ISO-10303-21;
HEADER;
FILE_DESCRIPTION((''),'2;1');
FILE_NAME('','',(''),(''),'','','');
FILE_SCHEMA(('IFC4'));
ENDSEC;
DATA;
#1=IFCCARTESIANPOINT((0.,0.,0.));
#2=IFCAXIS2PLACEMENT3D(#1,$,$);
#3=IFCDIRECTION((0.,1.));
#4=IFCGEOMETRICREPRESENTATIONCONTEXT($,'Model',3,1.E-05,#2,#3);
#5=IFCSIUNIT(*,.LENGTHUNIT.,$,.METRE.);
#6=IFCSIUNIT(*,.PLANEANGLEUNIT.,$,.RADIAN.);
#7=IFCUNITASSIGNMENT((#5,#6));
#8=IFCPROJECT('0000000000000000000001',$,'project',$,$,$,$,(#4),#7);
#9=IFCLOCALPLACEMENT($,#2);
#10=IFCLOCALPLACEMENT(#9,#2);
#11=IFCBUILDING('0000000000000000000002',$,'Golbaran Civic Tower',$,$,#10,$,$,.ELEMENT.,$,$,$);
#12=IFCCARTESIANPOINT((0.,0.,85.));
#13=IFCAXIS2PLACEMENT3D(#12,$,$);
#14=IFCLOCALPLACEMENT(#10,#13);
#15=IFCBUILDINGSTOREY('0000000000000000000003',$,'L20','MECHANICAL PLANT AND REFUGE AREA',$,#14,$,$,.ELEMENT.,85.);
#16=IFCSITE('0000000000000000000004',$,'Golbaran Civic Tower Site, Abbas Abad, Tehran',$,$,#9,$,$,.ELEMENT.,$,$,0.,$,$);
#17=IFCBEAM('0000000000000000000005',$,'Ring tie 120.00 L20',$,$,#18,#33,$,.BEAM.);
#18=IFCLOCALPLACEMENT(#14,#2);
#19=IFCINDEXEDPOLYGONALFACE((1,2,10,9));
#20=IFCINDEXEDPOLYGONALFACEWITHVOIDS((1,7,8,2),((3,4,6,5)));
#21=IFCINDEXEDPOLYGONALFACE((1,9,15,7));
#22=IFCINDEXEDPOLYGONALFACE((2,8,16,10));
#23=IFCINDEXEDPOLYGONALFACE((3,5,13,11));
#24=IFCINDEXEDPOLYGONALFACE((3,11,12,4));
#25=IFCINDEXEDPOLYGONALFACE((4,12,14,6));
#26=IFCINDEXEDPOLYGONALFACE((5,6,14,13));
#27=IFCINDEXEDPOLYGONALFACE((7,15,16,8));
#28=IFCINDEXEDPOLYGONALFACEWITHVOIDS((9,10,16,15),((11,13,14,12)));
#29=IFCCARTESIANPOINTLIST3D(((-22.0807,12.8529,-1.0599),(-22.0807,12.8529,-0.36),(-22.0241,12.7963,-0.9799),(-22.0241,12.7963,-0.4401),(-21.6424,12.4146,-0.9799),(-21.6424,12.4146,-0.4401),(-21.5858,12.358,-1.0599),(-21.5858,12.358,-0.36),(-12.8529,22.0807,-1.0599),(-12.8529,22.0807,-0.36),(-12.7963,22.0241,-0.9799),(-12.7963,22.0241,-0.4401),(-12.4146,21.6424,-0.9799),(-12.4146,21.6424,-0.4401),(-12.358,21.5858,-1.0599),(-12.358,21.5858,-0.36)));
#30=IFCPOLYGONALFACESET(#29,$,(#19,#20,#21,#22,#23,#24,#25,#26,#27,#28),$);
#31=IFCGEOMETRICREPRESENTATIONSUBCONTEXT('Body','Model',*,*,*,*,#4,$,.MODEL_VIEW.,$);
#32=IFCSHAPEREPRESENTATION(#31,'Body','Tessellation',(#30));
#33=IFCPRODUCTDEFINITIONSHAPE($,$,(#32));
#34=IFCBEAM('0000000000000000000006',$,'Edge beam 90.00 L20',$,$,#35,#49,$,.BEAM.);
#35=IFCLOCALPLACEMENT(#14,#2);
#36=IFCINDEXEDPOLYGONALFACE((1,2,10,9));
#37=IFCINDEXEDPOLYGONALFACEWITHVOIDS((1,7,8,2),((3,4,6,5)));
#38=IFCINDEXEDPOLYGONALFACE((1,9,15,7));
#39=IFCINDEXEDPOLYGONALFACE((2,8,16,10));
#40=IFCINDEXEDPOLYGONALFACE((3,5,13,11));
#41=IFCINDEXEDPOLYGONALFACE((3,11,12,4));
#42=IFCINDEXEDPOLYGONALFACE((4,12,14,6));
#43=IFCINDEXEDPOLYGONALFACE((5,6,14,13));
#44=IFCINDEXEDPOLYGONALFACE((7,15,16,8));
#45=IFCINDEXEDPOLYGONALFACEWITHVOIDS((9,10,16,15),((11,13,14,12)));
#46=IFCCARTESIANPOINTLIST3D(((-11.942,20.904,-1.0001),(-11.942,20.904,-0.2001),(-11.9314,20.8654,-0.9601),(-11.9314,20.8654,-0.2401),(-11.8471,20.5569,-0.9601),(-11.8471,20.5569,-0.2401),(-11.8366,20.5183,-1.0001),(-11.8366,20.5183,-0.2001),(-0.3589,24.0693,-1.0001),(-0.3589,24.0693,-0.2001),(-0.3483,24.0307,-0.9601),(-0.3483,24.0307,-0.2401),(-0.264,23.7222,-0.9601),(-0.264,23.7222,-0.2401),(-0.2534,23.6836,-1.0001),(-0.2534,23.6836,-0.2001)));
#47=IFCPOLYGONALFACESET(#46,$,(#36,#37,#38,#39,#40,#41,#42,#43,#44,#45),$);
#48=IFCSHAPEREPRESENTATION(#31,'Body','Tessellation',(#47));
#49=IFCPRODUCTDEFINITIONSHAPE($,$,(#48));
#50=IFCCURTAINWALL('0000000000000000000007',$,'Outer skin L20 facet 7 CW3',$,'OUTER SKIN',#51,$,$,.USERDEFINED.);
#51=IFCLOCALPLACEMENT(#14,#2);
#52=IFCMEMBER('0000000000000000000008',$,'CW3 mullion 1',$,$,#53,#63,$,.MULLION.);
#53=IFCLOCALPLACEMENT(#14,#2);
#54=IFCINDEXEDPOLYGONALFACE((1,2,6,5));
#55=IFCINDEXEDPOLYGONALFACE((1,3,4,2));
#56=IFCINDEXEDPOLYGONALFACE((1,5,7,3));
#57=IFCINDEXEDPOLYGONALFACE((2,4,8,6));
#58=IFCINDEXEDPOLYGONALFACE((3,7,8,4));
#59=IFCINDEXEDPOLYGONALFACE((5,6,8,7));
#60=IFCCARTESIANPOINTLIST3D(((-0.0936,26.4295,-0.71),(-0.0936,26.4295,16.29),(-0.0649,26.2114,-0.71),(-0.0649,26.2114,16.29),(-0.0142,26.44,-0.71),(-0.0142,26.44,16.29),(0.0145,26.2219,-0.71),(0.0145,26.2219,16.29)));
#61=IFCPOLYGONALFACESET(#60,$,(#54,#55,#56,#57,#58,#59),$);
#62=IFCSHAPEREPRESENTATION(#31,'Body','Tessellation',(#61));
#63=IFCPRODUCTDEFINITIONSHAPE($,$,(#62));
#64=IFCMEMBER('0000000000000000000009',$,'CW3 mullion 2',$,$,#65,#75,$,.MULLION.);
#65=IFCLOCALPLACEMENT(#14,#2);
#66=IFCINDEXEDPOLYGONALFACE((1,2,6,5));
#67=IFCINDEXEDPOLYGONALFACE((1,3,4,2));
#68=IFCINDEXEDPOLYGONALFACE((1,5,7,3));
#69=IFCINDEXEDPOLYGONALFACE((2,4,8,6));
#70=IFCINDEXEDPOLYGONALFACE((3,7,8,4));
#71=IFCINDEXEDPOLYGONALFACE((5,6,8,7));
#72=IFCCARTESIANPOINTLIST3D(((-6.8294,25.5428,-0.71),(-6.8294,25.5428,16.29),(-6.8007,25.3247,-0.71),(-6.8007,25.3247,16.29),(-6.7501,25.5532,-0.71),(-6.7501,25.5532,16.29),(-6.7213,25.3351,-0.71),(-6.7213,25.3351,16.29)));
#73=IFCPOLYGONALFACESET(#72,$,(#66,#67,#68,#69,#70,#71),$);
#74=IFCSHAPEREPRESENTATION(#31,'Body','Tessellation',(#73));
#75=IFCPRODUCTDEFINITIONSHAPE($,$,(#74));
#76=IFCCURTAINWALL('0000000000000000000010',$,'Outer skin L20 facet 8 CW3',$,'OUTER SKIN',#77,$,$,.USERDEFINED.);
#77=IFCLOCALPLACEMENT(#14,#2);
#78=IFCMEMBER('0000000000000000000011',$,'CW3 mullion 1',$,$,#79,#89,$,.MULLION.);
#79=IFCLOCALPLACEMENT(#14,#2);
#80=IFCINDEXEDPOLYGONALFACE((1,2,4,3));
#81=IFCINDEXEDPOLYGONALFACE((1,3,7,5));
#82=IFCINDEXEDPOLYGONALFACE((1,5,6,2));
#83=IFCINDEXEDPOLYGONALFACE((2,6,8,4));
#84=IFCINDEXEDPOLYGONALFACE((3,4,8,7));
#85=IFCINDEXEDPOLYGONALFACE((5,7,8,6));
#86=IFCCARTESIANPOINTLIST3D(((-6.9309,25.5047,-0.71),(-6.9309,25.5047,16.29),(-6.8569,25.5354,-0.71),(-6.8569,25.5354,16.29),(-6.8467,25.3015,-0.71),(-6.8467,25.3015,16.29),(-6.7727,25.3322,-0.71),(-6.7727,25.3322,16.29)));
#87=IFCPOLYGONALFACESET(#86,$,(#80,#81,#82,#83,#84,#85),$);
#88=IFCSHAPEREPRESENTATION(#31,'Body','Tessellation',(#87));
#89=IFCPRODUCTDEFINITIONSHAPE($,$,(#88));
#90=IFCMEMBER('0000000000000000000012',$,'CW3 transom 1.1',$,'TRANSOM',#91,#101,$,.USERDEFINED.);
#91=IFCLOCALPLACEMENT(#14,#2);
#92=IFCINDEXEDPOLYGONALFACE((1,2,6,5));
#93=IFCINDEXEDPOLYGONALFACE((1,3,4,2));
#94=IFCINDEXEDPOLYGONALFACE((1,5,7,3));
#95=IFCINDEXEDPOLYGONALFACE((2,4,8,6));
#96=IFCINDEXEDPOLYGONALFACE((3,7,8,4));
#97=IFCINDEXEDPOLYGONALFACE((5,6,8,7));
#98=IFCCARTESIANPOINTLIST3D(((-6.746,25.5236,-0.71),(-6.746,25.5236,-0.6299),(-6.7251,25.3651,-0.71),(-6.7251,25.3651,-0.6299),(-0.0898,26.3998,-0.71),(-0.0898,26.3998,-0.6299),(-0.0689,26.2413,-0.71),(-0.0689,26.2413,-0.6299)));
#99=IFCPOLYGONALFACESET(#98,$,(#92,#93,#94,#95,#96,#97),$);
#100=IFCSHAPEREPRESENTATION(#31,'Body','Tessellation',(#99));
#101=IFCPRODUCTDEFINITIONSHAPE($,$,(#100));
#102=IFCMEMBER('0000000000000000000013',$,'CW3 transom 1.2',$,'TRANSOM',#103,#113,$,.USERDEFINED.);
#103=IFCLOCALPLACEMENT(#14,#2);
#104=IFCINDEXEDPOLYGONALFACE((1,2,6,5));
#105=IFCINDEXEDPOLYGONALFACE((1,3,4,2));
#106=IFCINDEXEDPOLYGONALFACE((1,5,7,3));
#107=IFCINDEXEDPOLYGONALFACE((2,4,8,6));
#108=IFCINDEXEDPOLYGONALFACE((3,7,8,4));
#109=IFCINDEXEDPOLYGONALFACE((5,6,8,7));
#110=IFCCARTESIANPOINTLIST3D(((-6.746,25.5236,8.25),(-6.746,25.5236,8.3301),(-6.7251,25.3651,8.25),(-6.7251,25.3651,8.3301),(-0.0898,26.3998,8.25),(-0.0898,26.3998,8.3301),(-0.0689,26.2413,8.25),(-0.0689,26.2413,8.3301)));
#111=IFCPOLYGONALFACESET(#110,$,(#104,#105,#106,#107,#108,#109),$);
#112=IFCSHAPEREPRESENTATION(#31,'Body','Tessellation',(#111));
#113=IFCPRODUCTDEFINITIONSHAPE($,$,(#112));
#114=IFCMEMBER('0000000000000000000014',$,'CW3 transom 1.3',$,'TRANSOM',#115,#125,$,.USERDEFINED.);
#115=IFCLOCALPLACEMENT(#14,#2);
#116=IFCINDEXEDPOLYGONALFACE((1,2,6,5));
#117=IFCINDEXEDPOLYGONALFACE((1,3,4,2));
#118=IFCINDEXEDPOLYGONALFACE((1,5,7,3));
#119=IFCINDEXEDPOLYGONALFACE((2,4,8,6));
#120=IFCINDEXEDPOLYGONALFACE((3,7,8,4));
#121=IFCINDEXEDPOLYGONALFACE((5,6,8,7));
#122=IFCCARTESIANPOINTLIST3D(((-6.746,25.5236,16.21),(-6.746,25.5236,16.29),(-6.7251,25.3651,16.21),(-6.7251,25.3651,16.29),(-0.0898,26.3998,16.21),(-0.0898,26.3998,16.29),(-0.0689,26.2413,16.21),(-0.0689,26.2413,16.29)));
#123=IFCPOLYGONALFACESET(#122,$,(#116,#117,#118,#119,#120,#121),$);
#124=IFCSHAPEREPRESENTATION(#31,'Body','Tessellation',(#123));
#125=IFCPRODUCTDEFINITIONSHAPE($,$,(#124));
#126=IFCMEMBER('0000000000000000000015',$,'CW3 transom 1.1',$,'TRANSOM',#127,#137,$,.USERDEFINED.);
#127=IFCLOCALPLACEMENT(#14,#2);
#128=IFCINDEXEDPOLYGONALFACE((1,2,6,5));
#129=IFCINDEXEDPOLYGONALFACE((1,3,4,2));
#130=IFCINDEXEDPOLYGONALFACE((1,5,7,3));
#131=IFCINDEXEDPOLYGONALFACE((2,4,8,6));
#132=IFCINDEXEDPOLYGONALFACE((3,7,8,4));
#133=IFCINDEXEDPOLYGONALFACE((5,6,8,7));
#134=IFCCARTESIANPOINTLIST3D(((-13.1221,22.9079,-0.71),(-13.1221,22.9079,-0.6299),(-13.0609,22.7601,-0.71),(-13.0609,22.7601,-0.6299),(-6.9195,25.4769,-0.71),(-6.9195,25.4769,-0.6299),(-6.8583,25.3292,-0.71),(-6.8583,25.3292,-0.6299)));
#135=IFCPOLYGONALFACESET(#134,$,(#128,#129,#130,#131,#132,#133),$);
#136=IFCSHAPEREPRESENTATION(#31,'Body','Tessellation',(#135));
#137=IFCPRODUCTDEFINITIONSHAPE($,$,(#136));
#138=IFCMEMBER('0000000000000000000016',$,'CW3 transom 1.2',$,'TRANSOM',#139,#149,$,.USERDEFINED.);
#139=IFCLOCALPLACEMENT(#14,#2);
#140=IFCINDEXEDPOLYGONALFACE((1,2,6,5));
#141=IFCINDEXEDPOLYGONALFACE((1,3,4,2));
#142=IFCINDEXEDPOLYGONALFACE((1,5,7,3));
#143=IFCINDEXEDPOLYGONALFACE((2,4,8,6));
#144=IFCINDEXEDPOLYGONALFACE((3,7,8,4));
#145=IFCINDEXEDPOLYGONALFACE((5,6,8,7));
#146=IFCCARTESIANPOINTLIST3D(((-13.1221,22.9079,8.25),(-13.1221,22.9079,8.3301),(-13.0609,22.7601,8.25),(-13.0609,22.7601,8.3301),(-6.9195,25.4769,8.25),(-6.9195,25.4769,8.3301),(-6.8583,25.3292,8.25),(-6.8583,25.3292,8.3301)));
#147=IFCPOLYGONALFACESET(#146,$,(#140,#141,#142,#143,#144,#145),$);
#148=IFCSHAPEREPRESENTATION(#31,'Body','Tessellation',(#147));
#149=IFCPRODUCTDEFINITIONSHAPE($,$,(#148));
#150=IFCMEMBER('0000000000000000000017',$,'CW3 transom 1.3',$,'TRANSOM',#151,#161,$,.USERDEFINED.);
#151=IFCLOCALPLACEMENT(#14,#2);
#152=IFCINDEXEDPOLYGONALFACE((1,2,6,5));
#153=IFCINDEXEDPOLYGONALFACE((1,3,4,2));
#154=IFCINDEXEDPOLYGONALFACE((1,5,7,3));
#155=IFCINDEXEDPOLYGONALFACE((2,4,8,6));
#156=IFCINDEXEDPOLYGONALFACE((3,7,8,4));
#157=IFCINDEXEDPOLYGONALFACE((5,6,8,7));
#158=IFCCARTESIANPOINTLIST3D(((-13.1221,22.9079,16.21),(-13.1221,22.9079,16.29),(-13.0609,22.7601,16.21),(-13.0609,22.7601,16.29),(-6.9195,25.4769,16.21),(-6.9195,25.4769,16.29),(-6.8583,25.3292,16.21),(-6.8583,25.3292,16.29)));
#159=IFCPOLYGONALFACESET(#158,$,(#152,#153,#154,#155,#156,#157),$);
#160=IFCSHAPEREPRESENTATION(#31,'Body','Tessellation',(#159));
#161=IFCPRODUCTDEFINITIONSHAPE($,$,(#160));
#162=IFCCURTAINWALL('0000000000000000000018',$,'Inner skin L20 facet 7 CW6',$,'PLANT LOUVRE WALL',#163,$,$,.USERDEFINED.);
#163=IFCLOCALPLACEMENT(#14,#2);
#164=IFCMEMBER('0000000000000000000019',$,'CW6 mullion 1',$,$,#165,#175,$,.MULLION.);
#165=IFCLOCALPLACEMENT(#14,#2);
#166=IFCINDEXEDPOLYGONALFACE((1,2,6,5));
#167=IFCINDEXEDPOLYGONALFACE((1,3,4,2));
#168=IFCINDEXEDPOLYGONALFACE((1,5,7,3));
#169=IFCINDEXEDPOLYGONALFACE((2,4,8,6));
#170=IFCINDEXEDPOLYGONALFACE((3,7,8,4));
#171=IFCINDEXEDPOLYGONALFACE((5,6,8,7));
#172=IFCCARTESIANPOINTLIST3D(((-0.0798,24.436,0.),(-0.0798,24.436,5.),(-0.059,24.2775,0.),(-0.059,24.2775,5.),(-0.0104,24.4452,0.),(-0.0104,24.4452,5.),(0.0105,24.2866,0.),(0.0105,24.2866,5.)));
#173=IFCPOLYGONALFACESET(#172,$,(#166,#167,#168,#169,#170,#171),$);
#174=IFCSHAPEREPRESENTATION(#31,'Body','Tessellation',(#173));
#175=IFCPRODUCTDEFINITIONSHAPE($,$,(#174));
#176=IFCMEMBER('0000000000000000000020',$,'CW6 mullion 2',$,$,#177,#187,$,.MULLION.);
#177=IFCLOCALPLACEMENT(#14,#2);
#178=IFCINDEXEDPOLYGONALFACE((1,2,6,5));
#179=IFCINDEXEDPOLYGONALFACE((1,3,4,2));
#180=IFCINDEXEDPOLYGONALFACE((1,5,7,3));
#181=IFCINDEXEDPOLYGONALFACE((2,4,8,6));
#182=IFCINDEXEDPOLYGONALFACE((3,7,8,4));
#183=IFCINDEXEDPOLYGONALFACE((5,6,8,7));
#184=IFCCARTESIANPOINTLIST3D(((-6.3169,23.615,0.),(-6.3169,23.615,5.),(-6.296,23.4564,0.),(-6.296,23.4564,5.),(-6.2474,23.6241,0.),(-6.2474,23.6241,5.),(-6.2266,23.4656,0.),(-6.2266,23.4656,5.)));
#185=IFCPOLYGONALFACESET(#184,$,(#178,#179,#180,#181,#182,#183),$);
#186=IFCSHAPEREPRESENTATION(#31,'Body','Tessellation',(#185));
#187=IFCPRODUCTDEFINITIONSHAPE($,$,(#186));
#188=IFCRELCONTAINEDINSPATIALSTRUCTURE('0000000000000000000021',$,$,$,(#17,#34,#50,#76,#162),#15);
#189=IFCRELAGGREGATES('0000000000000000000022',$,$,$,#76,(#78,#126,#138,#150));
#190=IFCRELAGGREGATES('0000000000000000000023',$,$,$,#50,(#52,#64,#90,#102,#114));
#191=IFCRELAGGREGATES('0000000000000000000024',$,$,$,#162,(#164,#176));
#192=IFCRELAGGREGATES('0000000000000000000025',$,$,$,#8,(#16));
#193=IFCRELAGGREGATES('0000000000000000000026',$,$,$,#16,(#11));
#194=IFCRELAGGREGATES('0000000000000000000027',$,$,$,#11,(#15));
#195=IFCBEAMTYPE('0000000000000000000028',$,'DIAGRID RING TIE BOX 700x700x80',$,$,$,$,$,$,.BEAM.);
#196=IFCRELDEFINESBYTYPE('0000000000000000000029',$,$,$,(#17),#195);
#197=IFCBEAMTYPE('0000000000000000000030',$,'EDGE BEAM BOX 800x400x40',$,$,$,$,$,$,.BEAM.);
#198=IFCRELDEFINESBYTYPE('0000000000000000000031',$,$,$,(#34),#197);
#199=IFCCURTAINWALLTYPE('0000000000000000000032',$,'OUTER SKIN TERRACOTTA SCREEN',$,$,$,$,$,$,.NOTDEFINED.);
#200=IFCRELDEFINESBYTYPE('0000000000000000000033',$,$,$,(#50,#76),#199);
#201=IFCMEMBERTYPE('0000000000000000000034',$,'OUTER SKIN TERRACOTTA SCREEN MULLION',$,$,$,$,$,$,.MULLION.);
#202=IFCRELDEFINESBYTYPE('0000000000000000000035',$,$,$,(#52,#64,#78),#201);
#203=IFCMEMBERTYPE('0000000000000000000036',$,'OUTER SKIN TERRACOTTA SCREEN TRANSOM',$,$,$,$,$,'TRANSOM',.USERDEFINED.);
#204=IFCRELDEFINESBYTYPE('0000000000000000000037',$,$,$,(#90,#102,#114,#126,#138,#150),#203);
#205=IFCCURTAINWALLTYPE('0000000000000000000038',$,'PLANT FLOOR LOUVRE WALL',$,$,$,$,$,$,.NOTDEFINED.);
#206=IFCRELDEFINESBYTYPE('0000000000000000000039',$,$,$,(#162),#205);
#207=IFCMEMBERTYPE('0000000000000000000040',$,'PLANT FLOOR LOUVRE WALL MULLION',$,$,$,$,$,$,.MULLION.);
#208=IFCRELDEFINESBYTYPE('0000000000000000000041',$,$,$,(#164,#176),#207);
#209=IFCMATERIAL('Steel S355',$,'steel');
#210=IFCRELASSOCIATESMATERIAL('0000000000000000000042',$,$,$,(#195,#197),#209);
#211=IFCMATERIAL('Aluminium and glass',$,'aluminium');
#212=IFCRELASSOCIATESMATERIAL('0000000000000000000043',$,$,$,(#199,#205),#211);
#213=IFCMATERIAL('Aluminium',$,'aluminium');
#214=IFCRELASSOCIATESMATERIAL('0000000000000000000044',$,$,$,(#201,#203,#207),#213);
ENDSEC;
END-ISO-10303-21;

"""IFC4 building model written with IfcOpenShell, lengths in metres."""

from ifc_helpers import new_model, si_unit, direction, frame, origin, origin_2d, place, context, subcontext, project, spatial, rectangle, hollow_rectangle, extrude, material, material_profile, profile_set, type_object, element, aggregate, save


model = new_model("IFC4")

# Units and contexts
model_context = context("Model", 3, precision=1e-05, world=origin(), true_north=direction((0.0, 1.0)))
body_context = subcontext(model_context, "Body", "Model", "MODEL_VIEW")
ifc_project = project(units=[si_unit("LENGTHUNIT", "METRE"), si_unit("PLANEANGLEUNIT", "RADIAN")], contexts=[model_context])

# Site, building, storey
site_placement = place(None, origin())
site = spatial("IfcSite", under=ifc_project, at=site_placement, Name="Golbaran Civic Tower Site, Abbas Abad, Tehran", CompositionType="ELEMENT", RefElevation=0.0)
building_placement = place(site_placement, origin())
building = spatial("IfcBuilding", under=site, at=building_placement, Name="Golbaran Civic Tower", CompositionType="ELEMENT")
storey_placement = place(building_placement, frame((0.0, 0.0, 85.0)))
storey = spatial("IfcBuildingStorey", under=building, at=storey_placement, Name="L20", Description="MECHANICAL PLANT AND REFUGE AREA", CompositionType="ELEMENT", Elevation=85.0)

# Shared definitions
ifc_material_1 = material(Name="Steel S355", Category="steel")

# Beams
ifc_material_profile_1 = material_profile(ifc_material_1, hollow_rectangle(XDim=0.7, YDim=0.7, WallThickness=0.0801, at=origin_2d()), Name="BOX 700x700x80")
ifc_profile_set_1 = profile_set([ifc_material_profile_1], Name="Steel S355")
beam_type_1 = type_object("IfcBeamType", Name="DIAGRID RING TIE BOX 700x700x80", PredefinedType="BEAM", material=ifc_profile_set_1)
beam_1_placement = place(storey_placement, frame((-12.6055, 21.8333, -0.71), z_axis=(-0.707107, -0.707107, 0.0), x_axis=(0.707107, -0.707107, 0.0)))
element("IfcBeam", 1, at=beam_1_placement, inside=storey, type_object=beam_type_1, Name="Ring tie 120.00 L20", PredefinedType="BEAM", context=body_context, shape_type="SweptSolid", body=[
    extrude(hollow_rectangle(XDim=0.7, YDim=0.7, WallThickness=0.0801, at=origin_2d()), origin(), (0.0, 0.0, 1.0), 13.05),
])
ifc_material_profile_2 = material_profile(ifc_material_1, hollow_rectangle(XDim=0.3999, YDim=0.8, WallThickness=0.04, at=origin_2d()), Name="BOX 800x400x40")
ifc_profile_set_2 = profile_set([ifc_material_profile_2], Name="Steel S355")
beam_type_2 = type_object("IfcBeamType", Name="EDGE BEAM BOX 800x400x40", PredefinedType="BEAM", material=ifc_profile_set_2)
beam_2_placement = place(storey_placement, frame((-0.3062, 23.8765, -0.6001), z_axis=(-0.964631, -0.263604, 0.0), x_axis=(0.263604, -0.964631, 0.0)))
element("IfcBeam", 2, at=beam_2_placement, inside=storey, type_object=beam_type_2, Name="Edge beam 90.00 L20", PredefinedType="BEAM", context=body_context, shape_type="SweptSolid", body=[
    extrude(hollow_rectangle(XDim=0.3999, YDim=0.8, WallThickness=0.04, at=origin_2d()), origin(), (0.0, 0.0, 1.0), 12.0078),
])

# Curtain wall, members
ifc_material_2 = material(Name="Aluminium and glass", Category="aluminium")
curtain_wall_type_1 = type_object("IfcCurtainWallType", Name="OUTER SKIN TERRACOTTA SCREEN", PredefinedType="NOTDEFINED", material=ifc_material_2)
curtain_wall_1_placement = place(storey_placement, origin())
curtain_wall_1 = element("IfcCurtainWall", 3, at=curtain_wall_1_placement, inside=storey, type_object=curtain_wall_type_1, Name="Outer skin L20 facet 7 CW3", ObjectType="OUTER SKIN", PredefinedType="USERDEFINED")
ifc_material_3 = material(Name="Aluminium", Category="aluminium")
ifc_material_profile_3 = material_profile(ifc_material_3, rectangle(XDim=0.22, YDim=0.0801, at=origin_2d()), Name="OUTER SKIN TERRACOTTA SCREEN MULLION")
ifc_profile_set_3 = profile_set([ifc_material_profile_3], Name="Aluminium")
member_type_1 = type_object("IfcMemberType", Name="OUTER SKIN TERRACOTTA SCREEN MULLION", PredefinedType="MULLION", material=ifc_profile_set_3)
member_1_placement = place(storey_placement, frame((-0.0396, 26.3257, -0.71), z_axis=(0.0, 0.0, 1.0), x_axis=(0.130526, -0.991445, 0.0)))
member_1 = element("IfcMember", 4, at=member_1_placement, type_object=member_type_1, Name="CW3 mullion 1", PredefinedType="MULLION", context=body_context, shape_type="SweptSolid", body=[
    extrude(rectangle(XDim=0.22, YDim=0.0801, at=origin_2d()), origin(), (0.0, 0.0, 1.0), 17.0),
])
member_2_placement = place(storey_placement, frame((-6.7754, 25.439, -0.71), z_axis=(0.0, 0.0, 1.0), x_axis=(0.130526, -0.991445, 0.0)))
member_2 = element("IfcMember", 5, at=member_2_placement, type_object=member_type_1, Name="CW3 mullion 2", PredefinedType="MULLION", context=body_context, shape_type="SweptSolid", body=[
    extrude(rectangle(XDim=0.22, YDim=0.0801, at=origin_2d()), origin(), (0.0, 0.0, 1.0), 17.0),
])

# Curtain wall, member
curtain_wall_2_placement = place(storey_placement, origin())
curtain_wall_2 = element("IfcCurtainWall", 6, at=curtain_wall_2_placement, inside=storey, type_object=curtain_wall_type_1, Name="Outer skin L20 facet 8 CW3", ObjectType="OUTER SKIN", PredefinedType="USERDEFINED")
member_3_placement = place(storey_placement, frame((-6.8518, 25.4185, -0.71), z_axis=(0.0, 0.0, 1.0), x_axis=(0.382683, -0.92388, 0.0)))
member_3 = element("IfcMember", 7, at=member_3_placement, type_object=member_type_1, Name="CW3 mullion 1", PredefinedType="MULLION", context=body_context, shape_type="SweptSolid", body=[
    extrude(rectangle(XDim=0.22, YDim=0.0801, at=origin_2d()), origin(), (0.0, 0.0, 1.0), 17.0),
])

# Members
ifc_material_profile_4 = material_profile(ifc_material_3, rectangle(XDim=0.1599, YDim=0.0801, at=origin_2d()), Name="OUTER SKIN TERRACOTTA SCREEN TRANSOM")
ifc_profile_set_4 = profile_set([ifc_material_profile_4], Name="Aluminium")
member_type_2 = type_object("IfcMemberType", Name="OUTER SKIN TERRACOTTA SCREEN TRANSOM", ElementType="TRANSOM", PredefinedType="USERDEFINED", material=ifc_profile_set_4)
member_4_placement = place(storey_placement, frame((-0.0793, 26.3206, -0.6699), z_axis=(-0.991447, -0.130513, 0.0), x_axis=(0.130513, -0.991447, 0.0)))
member_4 = element("IfcMember", 8, at=member_4_placement, type_object=member_type_2, Name="CW3 transom 1.1", ObjectType="TRANSOM", PredefinedType="USERDEFINED", context=body_context, shape_type="SweptSolid", body=[
    extrude(rectangle(XDim=0.1599, YDim=0.0801, at=origin_2d()), origin(), (0.0, 0.0, 1.0), 6.7136),
])
member_5_placement = place(storey_placement, frame((-0.0793, 26.3206, 8.29), z_axis=(-0.991447, -0.130513, 0.0), x_axis=(0.130513, -0.991447, 0.0)))
member_5 = element("IfcMember", 9, at=member_5_placement, type_object=member_type_2, Name="CW3 transom 1.2", ObjectType="TRANSOM", PredefinedType="USERDEFINED", context=body_context, shape_type="SweptSolid", body=[
    extrude(rectangle(XDim=0.1599, YDim=0.0801, at=origin_2d()), origin(), (0.0, 0.0, 1.0), 6.7136),
])
member_6_placement = place(storey_placement, frame((-0.0793, 26.3206, 16.25), z_axis=(-0.991447, -0.130513, 0.0), x_axis=(0.130513, -0.991447, 0.0)))
member_6 = element("IfcMember", 10, at=member_6_placement, type_object=member_type_2, Name="CW3 transom 1.3", ObjectType="TRANSOM", PredefinedType="USERDEFINED", context=body_context, shape_type="SweptSolid", body=[
    extrude(rectangle(XDim=0.1599, YDim=0.0801, at=origin_2d()), origin(), (0.0, 0.0, 1.0), 6.7136),
])
member_7_placement = place(storey_placement, frame((-6.8889, 25.4031, -0.6699), z_axis=(-0.923886, -0.382668, 0.0), x_axis=(0.382668, -0.923886, 0.0)))
member_7 = element("IfcMember", 11, at=member_7_placement, type_object=member_type_2, Name="CW3 transom 1.1", ObjectType="TRANSOM", PredefinedType="USERDEFINED", context=body_context, shape_type="SweptSolid", body=[
    extrude(rectangle(XDim=0.1599, YDim=0.0801, at=origin_2d()), origin(), (0.0, 0.0, 1.0), 6.7136),
])
member_8_placement = place(storey_placement, frame((-6.8889, 25.4031, 8.29), z_axis=(-0.923886, -0.382668, 0.0), x_axis=(0.382668, -0.923886, 0.0)))
member_8 = element("IfcMember", 12, at=member_8_placement, type_object=member_type_2, Name="CW3 transom 1.2", ObjectType="TRANSOM", PredefinedType="USERDEFINED", context=body_context, shape_type="SweptSolid", body=[
    extrude(rectangle(XDim=0.1599, YDim=0.0801, at=origin_2d()), origin(), (0.0, 0.0, 1.0), 6.7136),
])
member_9_placement = place(storey_placement, frame((-6.8889, 25.4031, 16.25), z_axis=(-0.923886, -0.382668, 0.0), x_axis=(0.382668, -0.923886, 0.0)))
member_9 = element("IfcMember", 13, at=member_9_placement, type_object=member_type_2, Name="CW3 transom 1.3", ObjectType="TRANSOM", PredefinedType="USERDEFINED", context=body_context, shape_type="SweptSolid", body=[
    extrude(rectangle(XDim=0.1599, YDim=0.0801, at=origin_2d()), origin(), (0.0, 0.0, 1.0), 6.7136),
])

# Curtain wall, members
curtain_wall_type_2 = type_object("IfcCurtainWallType", Name="PLANT FLOOR LOUVRE WALL", PredefinedType="NOTDEFINED", material=ifc_material_2)
curtain_wall_3_placement = place(storey_placement, origin())
curtain_wall_3 = element("IfcCurtainWall", 14, at=curtain_wall_3_placement, inside=storey, type_object=curtain_wall_type_2, Name="Inner skin L20 facet 7 CW6", ObjectType="PLANT LOUVRE WALL", PredefinedType="USERDEFINED")
ifc_material_profile_5 = material_profile(ifc_material_3, rectangle(XDim=0.1599, YDim=0.0701, at=origin_2d()), Name="PLANT FLOOR LOUVRE WALL MULLION")
ifc_profile_set_5 = profile_set([ifc_material_profile_5], Name="Aluminium")
member_type_3 = type_object("IfcMemberType", Name="PLANT FLOOR LOUVRE WALL MULLION", PredefinedType="MULLION", material=ifc_profile_set_5)
member_10_placement = place(storey_placement, frame((-0.0347, 24.3613, 0.0), z_axis=(0.0, 0.0, 1.0), x_axis=(0.130526, -0.991445, 0.0)))
member_10 = element("IfcMember", 15, at=member_10_placement, type_object=member_type_3, Name="CW6 mullion 1", PredefinedType="MULLION", context=body_context, shape_type="SweptSolid", body=[
    extrude(rectangle(XDim=0.1599, YDim=0.0701, at=origin_2d()), origin(), (0.0, 0.0, 1.0), 5.0),
])
member_11_placement = place(storey_placement, frame((-6.2717, 23.5403, 0.0), z_axis=(0.0, 0.0, 1.0), x_axis=(0.130526, -0.991445, 0.0)))
member_11 = element("IfcMember", 16, at=member_11_placement, type_object=member_type_3, Name="CW6 mullion 2", PredefinedType="MULLION", context=body_context, shape_type="SweptSolid", body=[
    extrude(rectangle(XDim=0.1599, YDim=0.0701, at=origin_2d()), origin(), (0.0, 0.0, 1.0), 5.0),
])

aggregate(curtain_wall_2, [member_3, member_7, member_8, member_9])
aggregate(curtain_wall_1, [member_1, member_2, member_4, member_5, member_6])
aggregate(curtain_wall_3, [member_10, member_11])

save(model, "model.ifc")
